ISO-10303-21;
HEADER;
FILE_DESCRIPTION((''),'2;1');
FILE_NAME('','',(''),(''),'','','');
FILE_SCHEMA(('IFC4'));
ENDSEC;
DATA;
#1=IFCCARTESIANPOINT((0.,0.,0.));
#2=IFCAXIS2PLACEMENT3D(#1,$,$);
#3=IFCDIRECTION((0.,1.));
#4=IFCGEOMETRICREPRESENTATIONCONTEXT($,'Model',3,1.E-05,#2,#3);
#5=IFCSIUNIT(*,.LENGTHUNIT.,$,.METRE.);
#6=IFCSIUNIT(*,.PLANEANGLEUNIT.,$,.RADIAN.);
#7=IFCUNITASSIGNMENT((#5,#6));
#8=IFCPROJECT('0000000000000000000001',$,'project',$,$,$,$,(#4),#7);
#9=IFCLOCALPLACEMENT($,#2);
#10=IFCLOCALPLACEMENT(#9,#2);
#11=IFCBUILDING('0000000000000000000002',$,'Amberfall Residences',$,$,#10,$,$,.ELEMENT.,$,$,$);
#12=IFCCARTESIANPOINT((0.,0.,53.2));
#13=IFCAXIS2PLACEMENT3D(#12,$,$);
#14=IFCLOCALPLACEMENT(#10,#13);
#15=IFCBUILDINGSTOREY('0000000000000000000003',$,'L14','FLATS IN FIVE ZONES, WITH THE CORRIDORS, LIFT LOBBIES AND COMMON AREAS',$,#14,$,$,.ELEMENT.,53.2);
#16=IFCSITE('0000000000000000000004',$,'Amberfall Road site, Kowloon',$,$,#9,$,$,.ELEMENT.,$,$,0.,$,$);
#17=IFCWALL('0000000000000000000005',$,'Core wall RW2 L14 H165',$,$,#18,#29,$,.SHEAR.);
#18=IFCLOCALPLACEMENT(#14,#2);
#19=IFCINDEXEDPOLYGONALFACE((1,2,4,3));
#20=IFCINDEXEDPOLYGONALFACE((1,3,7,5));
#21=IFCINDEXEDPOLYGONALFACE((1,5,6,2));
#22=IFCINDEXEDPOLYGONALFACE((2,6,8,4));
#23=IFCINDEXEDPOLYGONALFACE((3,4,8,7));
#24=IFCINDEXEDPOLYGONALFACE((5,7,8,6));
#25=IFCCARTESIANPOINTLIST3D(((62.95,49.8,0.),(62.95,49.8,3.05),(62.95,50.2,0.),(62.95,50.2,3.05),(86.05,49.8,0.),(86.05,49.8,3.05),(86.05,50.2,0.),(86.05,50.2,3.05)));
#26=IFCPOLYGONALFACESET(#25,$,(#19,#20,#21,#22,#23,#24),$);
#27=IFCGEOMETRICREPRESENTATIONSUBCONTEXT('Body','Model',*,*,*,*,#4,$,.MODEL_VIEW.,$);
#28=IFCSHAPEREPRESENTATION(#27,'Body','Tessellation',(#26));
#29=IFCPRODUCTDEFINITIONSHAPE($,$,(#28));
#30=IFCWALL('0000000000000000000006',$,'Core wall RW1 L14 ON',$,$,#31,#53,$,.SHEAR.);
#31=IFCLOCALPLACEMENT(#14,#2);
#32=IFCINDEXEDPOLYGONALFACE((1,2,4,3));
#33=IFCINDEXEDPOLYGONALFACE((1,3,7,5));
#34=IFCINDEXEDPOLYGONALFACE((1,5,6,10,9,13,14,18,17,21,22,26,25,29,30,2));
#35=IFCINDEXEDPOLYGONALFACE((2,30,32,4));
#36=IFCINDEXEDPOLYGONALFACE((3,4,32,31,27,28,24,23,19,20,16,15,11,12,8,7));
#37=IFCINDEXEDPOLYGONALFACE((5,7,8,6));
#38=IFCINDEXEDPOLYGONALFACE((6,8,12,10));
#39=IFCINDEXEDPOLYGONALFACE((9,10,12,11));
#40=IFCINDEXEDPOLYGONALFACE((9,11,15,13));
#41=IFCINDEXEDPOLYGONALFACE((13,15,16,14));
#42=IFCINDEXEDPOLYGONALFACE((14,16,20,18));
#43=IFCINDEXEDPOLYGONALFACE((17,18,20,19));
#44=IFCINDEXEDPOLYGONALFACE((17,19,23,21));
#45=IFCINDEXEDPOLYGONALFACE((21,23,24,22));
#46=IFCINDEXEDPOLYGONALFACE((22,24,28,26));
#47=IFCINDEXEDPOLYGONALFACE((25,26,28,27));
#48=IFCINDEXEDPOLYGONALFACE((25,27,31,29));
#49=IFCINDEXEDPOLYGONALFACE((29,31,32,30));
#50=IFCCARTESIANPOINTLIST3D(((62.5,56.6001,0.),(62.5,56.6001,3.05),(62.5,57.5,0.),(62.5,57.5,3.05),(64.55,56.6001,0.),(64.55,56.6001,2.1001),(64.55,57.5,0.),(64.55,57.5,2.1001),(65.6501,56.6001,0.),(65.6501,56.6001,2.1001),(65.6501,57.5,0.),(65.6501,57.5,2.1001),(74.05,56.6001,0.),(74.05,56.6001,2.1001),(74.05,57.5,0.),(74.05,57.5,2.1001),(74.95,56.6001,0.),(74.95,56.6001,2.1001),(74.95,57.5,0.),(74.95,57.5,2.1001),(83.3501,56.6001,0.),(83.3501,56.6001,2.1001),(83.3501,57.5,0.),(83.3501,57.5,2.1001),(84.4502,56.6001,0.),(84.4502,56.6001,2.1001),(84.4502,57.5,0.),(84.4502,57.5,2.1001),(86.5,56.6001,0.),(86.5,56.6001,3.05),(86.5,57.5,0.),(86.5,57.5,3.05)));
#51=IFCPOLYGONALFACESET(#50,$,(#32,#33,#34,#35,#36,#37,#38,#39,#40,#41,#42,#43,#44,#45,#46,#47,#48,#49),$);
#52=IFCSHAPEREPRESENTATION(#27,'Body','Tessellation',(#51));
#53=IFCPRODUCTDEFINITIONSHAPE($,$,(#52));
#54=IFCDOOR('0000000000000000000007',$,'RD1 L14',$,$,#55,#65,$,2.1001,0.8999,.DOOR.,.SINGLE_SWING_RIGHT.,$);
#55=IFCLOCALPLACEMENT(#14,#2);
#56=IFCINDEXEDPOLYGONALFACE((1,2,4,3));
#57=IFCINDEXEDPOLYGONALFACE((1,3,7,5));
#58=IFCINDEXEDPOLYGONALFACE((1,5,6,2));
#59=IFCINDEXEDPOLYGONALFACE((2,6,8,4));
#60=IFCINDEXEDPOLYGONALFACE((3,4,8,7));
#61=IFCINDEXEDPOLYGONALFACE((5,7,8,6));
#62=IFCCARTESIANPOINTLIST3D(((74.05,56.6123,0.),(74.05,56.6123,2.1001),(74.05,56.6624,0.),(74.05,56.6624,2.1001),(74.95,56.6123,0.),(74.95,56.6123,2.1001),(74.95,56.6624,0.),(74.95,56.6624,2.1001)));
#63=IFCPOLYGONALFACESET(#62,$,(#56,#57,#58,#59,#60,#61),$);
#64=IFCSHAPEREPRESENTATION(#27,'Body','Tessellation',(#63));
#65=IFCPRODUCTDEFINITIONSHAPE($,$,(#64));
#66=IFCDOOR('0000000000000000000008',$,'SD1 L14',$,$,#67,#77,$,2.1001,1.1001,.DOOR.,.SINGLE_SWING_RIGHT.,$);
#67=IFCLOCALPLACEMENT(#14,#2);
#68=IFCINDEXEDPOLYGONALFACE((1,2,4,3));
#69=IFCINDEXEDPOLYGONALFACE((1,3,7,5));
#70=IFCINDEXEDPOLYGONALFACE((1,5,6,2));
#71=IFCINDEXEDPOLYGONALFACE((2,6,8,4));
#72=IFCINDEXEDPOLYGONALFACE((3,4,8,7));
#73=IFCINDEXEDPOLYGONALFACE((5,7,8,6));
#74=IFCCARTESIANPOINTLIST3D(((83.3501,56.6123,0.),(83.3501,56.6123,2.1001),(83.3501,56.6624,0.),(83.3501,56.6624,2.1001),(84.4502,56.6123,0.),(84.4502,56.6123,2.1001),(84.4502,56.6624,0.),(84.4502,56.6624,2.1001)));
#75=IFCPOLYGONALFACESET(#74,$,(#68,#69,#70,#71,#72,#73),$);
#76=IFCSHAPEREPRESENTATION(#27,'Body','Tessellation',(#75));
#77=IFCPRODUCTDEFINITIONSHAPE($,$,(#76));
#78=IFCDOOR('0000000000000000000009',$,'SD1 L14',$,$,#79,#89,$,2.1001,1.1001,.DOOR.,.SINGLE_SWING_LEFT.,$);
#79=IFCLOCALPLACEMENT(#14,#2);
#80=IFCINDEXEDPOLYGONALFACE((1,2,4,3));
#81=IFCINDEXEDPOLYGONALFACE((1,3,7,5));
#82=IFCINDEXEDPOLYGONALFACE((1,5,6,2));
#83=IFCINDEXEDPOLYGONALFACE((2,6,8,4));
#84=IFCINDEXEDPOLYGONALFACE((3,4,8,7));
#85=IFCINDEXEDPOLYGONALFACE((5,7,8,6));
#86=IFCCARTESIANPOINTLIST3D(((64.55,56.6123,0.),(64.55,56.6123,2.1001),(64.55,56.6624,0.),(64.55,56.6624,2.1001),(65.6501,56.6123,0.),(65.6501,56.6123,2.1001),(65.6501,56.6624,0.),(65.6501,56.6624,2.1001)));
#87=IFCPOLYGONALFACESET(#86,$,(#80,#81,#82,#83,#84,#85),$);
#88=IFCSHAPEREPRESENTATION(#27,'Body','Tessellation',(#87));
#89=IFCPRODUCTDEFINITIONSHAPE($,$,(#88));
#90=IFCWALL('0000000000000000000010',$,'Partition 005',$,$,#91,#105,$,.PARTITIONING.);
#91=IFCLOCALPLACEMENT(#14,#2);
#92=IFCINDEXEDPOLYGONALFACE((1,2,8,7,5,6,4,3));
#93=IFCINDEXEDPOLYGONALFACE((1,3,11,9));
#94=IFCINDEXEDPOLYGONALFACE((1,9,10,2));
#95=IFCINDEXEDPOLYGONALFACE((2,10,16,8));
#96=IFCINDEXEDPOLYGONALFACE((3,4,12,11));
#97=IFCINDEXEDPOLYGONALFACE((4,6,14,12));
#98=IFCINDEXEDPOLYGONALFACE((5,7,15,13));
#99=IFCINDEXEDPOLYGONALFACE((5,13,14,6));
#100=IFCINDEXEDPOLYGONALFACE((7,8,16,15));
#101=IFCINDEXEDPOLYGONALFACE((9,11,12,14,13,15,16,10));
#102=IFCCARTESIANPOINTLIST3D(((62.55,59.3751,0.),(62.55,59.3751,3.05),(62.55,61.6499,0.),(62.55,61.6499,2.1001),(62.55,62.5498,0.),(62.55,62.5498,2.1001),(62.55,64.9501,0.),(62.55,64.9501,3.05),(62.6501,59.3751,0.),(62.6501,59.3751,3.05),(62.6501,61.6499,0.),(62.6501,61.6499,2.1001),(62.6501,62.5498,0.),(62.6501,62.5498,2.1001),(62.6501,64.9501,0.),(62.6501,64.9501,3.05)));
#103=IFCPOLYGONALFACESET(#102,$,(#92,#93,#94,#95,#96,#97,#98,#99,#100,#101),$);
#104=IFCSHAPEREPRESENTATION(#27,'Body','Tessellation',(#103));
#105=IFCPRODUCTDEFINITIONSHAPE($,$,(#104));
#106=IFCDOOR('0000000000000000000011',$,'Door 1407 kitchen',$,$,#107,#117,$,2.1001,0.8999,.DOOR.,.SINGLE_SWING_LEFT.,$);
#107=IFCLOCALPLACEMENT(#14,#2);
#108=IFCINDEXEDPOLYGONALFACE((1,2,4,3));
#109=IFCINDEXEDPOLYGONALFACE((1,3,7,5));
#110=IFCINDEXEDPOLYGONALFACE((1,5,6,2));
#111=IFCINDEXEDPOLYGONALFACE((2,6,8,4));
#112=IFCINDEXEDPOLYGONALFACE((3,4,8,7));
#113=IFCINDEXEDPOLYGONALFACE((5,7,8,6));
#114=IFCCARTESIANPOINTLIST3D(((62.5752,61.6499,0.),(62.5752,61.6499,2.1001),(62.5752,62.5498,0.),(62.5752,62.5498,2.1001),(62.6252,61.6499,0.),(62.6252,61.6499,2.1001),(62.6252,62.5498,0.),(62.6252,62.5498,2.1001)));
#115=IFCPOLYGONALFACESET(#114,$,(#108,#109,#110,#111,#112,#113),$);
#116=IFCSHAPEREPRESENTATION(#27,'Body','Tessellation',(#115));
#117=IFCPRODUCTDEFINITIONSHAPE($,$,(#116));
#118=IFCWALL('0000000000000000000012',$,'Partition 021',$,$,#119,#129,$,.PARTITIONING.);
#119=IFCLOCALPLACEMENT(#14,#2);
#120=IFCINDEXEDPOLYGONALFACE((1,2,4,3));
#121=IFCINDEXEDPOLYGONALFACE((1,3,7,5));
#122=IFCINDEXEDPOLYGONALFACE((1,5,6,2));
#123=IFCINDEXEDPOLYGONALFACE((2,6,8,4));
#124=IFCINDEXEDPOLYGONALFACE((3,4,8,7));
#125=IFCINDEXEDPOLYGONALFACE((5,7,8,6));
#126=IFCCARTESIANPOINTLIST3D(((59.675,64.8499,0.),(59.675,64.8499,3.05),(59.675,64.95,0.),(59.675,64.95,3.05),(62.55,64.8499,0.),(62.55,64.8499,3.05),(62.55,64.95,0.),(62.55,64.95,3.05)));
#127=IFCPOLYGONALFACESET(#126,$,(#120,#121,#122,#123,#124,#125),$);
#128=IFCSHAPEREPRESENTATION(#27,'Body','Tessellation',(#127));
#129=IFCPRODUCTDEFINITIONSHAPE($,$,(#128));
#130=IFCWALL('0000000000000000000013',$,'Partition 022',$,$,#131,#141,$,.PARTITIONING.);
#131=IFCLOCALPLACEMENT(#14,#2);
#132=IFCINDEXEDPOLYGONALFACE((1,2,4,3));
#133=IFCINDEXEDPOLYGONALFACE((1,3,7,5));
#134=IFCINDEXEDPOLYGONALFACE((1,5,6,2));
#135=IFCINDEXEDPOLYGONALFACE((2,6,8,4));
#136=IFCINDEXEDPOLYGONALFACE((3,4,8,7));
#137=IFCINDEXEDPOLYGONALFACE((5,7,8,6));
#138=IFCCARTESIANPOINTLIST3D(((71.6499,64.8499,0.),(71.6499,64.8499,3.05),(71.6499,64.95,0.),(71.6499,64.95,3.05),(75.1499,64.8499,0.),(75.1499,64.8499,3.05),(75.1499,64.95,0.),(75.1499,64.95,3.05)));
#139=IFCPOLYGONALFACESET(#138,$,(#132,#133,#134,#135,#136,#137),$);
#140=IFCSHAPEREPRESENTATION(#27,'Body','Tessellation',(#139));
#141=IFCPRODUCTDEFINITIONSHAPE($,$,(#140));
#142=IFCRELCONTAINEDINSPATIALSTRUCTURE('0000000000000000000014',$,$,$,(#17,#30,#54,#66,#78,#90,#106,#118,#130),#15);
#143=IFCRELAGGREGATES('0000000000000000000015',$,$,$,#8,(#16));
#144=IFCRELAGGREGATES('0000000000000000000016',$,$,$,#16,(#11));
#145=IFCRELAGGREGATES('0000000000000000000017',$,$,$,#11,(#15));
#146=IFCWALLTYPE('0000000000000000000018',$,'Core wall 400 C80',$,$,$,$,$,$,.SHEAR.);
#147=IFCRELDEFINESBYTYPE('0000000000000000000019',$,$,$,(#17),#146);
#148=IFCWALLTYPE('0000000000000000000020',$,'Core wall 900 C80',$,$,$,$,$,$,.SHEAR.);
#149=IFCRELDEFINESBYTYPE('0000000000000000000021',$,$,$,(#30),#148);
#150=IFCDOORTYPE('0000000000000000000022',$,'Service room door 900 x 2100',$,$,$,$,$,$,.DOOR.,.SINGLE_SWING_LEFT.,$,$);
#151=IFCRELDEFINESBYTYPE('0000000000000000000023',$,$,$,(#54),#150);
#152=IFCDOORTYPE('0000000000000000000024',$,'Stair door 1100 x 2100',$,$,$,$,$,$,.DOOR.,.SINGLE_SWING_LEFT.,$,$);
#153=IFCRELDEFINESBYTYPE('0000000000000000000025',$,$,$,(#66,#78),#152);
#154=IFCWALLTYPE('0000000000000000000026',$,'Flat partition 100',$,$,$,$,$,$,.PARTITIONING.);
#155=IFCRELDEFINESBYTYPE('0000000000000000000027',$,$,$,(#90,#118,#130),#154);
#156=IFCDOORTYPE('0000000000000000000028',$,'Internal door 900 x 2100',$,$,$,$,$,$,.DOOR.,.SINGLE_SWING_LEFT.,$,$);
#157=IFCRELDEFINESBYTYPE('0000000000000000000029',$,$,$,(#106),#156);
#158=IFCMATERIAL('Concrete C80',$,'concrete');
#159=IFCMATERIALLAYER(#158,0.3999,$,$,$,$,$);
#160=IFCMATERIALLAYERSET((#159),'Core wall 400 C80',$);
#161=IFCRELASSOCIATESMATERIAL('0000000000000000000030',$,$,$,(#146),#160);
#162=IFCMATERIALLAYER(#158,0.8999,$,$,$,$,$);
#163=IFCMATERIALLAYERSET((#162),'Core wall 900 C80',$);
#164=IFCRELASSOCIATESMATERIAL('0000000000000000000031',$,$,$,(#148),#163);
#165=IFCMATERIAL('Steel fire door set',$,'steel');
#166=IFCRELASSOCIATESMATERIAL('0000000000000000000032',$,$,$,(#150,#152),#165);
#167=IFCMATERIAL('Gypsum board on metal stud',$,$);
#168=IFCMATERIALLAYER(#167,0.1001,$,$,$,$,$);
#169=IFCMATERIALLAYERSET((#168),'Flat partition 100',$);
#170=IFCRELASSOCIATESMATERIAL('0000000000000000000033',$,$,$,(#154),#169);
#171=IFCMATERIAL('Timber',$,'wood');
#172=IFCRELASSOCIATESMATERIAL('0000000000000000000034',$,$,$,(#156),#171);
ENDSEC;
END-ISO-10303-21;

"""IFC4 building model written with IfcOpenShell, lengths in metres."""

from ifc_helpers import new_model, si_unit, direction, frame, frame_2d, origin, place, context, subcontext, project, spatial, rectangle, extrude, material, layer, layer_set, type_object, element, fill, save


model = new_model("IFC4")

# Units and contexts
model_context = context("Model", 3, precision=1e-05, world=origin(), true_north=direction((0.0, 1.0)))
body_context = subcontext(model_context, "Body", "Model", "MODEL_VIEW")
ifc_project = project(units=[si_unit("LENGTHUNIT", "METRE"), si_unit("PLANEANGLEUNIT", "RADIAN")], contexts=[model_context])

# Site, building, storey
site_placement = place(None, origin())
site = spatial("IfcSite", under=ifc_project, at=site_placement, Name="Amberfall Road site, Kowloon", CompositionType="ELEMENT", RefElevation=0.0)
building_placement = place(site_placement, origin())
building = spatial("IfcBuilding", under=site, at=building_placement, Name="Amberfall Residences", CompositionType="ELEMENT")
storey_placement = place(building_placement, frame((0.0, 0.0, 53.2)))
storey = spatial("IfcBuildingStorey", under=building, at=storey_placement, Name="L14", Description="FLATS IN FIVE ZONES, WITH THE CORRIDORS, LIFT LOBBIES AND COMMON AREAS", CompositionType="ELEMENT", Elevation=53.2)

# Wall
ifc_material_1 = material(Name="Concrete C80", Category="concrete")
ifc_layer_1 = layer(ifc_material_1, 0.3999)
ifc_layer_set_1 = layer_set([ifc_layer_1], Name="Core wall 400 C80")
wall_type_1 = type_object("IfcWallType", Name="Core wall 400 C80", PredefinedType="SHEAR", material=ifc_layer_set_1)
wall_1_placement = place(storey_placement, frame((62.95, 50.0, 0.0), z_axis=(0.0, 0.0, 1.0), x_axis=(1.0, 0.0, 0.0)))
element("IfcWall", 1, at=wall_1_placement, inside=storey, type_object=wall_type_1, Name="Core wall RW2 L14 H165", PredefinedType="SHEAR", context=body_context, shape_type="SweptSolid", body=[
    extrude(rectangle(XDim=23.1001, YDim=0.3999, at=frame_2d((11.55, 0.0))), origin(), (0.0, 0.0, 1.0), 3.05),
])

# Wall, openings, doors
ifc_layer_2 = layer(ifc_material_1, 0.8999)
ifc_layer_set_2 = layer_set([ifc_layer_2], Name="Core wall 900 C80")
wall_type_2 = type_object("IfcWallType", Name="Core wall 900 C80", PredefinedType="SHEAR", material=ifc_layer_set_2)
wall_2_placement = place(storey_placement, frame((62.5, 57.05, 0.0), z_axis=(0.0, 0.0, 1.0), x_axis=(1.0, 0.0, 0.0)))
wall_2 = element("IfcWall", 2, at=wall_2_placement, inside=storey, type_object=wall_type_2, Name="Core wall RW1 L14 ON", PredefinedType="SHEAR", context=body_context, shape_type="SweptSolid", body=[
    extrude(rectangle(XDim=24.0, YDim=0.8999, at=frame_2d((12.0, 0.0))), origin(), (0.0, 0.0, 1.0), 3.05),
])
opening_1_placement = place(wall_2_placement, frame((20.8501, 0.0, 0.0)))
opening_1 = element("IfcOpeningElement", 3, at=opening_1_placement, cuts=wall_2, PredefinedType="OPENING", context=body_context, shape_type="SweptSolid", body=[
    extrude(rectangle(XDim=1.1001, YDim=2.1001, at=frame_2d((0.55, 1.05))), frame((0.0, 0.46, 0.0), z_axis=(0.0, -1.0, 0.0), x_axis=(1.0, 0.0, 0.0)), (0.0, 0.0, 1.0), 0.9199),
])
opening_2_placement = place(wall_2_placement, frame((2.05, 0.0, 0.0)))
opening_2 = element("IfcOpeningElement", 4, at=opening_2_placement, cuts=wall_2, PredefinedType="OPENING", context=body_context, shape_type="SweptSolid", body=[
    extrude(rectangle(XDim=1.1001, YDim=2.1001, at=frame_2d((0.55, 1.05))), frame((0.0, 0.46, 0.0), z_axis=(0.0, -1.0, 0.0), x_axis=(1.0, 0.0, 0.0)), (0.0, 0.0, 1.0), 0.9199),
])
opening_3_placement = place(wall_2_placement, frame((11.55, 0.0, 0.0)))
opening_3 = element("IfcOpeningElement", 5, at=opening_3_placement, cuts=wall_2, PredefinedType="OPENING", context=body_context, shape_type="SweptSolid", body=[
    extrude(rectangle(XDim=0.8999, YDim=2.1001, at=frame_2d((0.45, 1.05))), frame((0.0, 0.46, 0.0), z_axis=(0.0, -1.0, 0.0), x_axis=(1.0, 0.0, 0.0)), (0.0, 0.0, 1.0), 0.9199),
])
ifc_material_2 = material(Name="Steel fire door set", Category="steel")
door_type_1 = type_object("IfcDoorType", Name="Service room door 900 x 2100", OperationType="SINGLE_SWING_LEFT", PredefinedType="DOOR", material=ifc_material_2)
door_1_placement = place(opening_3_placement, origin())
door_1 = element("IfcDoor", 6, at=door_1_placement, inside=storey, type_object=door_type_1, Name="RD1 L14", OperationType="SINGLE_SWING_RIGHT", OverallHeight=2.1001, OverallWidth=0.8999, PredefinedType="DOOR", context=body_context, shape_type="SweptSolid", body=[
    extrude(rectangle(XDim=0.8999, YDim=2.1001, at=frame_2d((0.45, 1.05))), frame((0.0, -0.3877, 0.0), z_axis=(0.0, -1.0, 0.0), x_axis=(1.0, 0.0, 0.0)), (0.0, 0.0, 1.0), 0.05),
])
fill(opening_3, door_1)
door_type_2 = type_object("IfcDoorType", Name="Stair door 1100 x 2100", OperationType="SINGLE_SWING_LEFT", PredefinedType="DOOR", material=ifc_material_2)
door_2_placement = place(opening_1_placement, origin())
door_2 = element("IfcDoor", 7, at=door_2_placement, inside=storey, type_object=door_type_2, Name="SD1 L14", OperationType="SINGLE_SWING_RIGHT", OverallHeight=2.1001, OverallWidth=1.1001, PredefinedType="DOOR", context=body_context, shape_type="SweptSolid", body=[
    extrude(rectangle(XDim=1.1001, YDim=2.1001, at=frame_2d((0.55, 1.05))), frame((0.0, -0.3877, 0.0), z_axis=(0.0, -1.0, 0.0), x_axis=(1.0, 0.0, 0.0)), (0.0, 0.0, 1.0), 0.05),
])
fill(opening_1, door_2)
door_3_placement = place(opening_2_placement, origin())
door_3 = element("IfcDoor", 8, at=door_3_placement, inside=storey, type_object=door_type_2, Name="SD1 L14", OperationType="SINGLE_SWING_LEFT", OverallHeight=2.1001, OverallWidth=1.1001, PredefinedType="DOOR", context=body_context, shape_type="SweptSolid", body=[
    extrude(rectangle(XDim=1.1001, YDim=2.1001, at=frame_2d((0.55, 1.05))), frame((0.0, -0.3877, 0.0), z_axis=(0.0, -1.0, 0.0), x_axis=(1.0, 0.0, 0.0)), (0.0, 0.0, 1.0), 0.05),
])
fill(opening_2, door_3)

# Wall, opening, door
ifc_material_3 = material(Name="Gypsum board on metal stud")
ifc_layer_3 = layer(ifc_material_3, 0.1001)
ifc_layer_set_3 = layer_set([ifc_layer_3], Name="Flat partition 100")
wall_type_3 = type_object("IfcWallType", Name="Flat partition 100", PredefinedType="PARTITIONING", material=ifc_layer_set_3)
wall_3_placement = place(storey_placement, frame((62.6001, 59.375, 0.0), z_axis=(0.0, 0.0, 1.0), x_axis=(0.0, 1.0, 0.0)))
wall_3 = element("IfcWall", 9, at=wall_3_placement, inside=storey, type_object=wall_type_3, Name="Partition 005", PredefinedType="PARTITIONING", context=body_context, shape_type="SweptSolid", body=[
    extrude(rectangle(XDim=5.575, YDim=0.1001, at=frame_2d((2.7876, 0.0))), origin(), (0.0, 0.0, 1.0), 3.05),
])
opening_4_placement = place(wall_3_placement, frame((2.2749, 0.0, 0.0)))
opening_4 = element("IfcOpeningElement", 10, at=opening_4_placement, cuts=wall_3, PredefinedType="OPENING", context=body_context, shape_type="SweptSolid", body=[
    extrude(rectangle(XDim=0.8999, YDim=2.1001, at=frame_2d((0.45, 1.05))), frame((0.0, 0.0601, 0.0), z_axis=(0.0, -1.0, 0.0), x_axis=(1.0, 0.0, 0.0)), (0.0, 0.0, 1.0), 0.1201),
])
ifc_material_4 = material(Name="Timber", Category="wood")
door_type_3 = type_object("IfcDoorType", Name="Internal door 900 x 2100", OperationType="SINGLE_SWING_LEFT", PredefinedType="DOOR", material=ifc_material_4)
door_4_placement = place(opening_4_placement, origin())
door_4 = element("IfcDoor", 11, at=door_4_placement, inside=storey, type_object=door_type_3, Name="Door 1407 kitchen", OperationType="SINGLE_SWING_LEFT", OverallHeight=2.1001, OverallWidth=0.8999, PredefinedType="DOOR", context=body_context, shape_type="SweptSolid", body=[
    extrude(rectangle(XDim=0.8999, YDim=2.1001, at=frame_2d((0.45, 1.05))), frame((0.0, 0.0249, 0.0), z_axis=(0.0, -1.0, 0.0), x_axis=(1.0, 0.0, 0.0)), (0.0, 0.0, 1.0), 0.05),
])
fill(opening_4, door_4)

# Walls
wall_4_placement = place(storey_placement, frame((59.675, 64.8999, 0.0), z_axis=(0.0, 0.0, 1.0), x_axis=(1.0, 0.0, 0.0)))
element("IfcWall", 12, at=wall_4_placement, inside=storey, type_object=wall_type_3, Name="Partition 021", PredefinedType="PARTITIONING", context=body_context, shape_type="SweptSolid", body=[
    extrude(rectangle(XDim=2.875, YDim=0.1001, at=frame_2d((1.4375, 0.0))), origin(), (0.0, 0.0, 1.0), 3.05),
])
wall_5_placement = place(storey_placement, frame((71.6499, 64.8999, 0.0), z_axis=(0.0, 0.0, 1.0), x_axis=(1.0, 0.0, 0.0)))
element("IfcWall", 13, at=wall_5_placement, inside=storey, type_object=wall_type_3, Name="Partition 022", PredefinedType="PARTITIONING", context=body_context, shape_type="SweptSolid", body=[
    extrude(rectangle(XDim=3.5, YDim=0.1001, at=frame_2d((1.75, 0.0))), origin(), (0.0, 0.0, 1.0), 3.05),
])

save(model, "model.ifc")
